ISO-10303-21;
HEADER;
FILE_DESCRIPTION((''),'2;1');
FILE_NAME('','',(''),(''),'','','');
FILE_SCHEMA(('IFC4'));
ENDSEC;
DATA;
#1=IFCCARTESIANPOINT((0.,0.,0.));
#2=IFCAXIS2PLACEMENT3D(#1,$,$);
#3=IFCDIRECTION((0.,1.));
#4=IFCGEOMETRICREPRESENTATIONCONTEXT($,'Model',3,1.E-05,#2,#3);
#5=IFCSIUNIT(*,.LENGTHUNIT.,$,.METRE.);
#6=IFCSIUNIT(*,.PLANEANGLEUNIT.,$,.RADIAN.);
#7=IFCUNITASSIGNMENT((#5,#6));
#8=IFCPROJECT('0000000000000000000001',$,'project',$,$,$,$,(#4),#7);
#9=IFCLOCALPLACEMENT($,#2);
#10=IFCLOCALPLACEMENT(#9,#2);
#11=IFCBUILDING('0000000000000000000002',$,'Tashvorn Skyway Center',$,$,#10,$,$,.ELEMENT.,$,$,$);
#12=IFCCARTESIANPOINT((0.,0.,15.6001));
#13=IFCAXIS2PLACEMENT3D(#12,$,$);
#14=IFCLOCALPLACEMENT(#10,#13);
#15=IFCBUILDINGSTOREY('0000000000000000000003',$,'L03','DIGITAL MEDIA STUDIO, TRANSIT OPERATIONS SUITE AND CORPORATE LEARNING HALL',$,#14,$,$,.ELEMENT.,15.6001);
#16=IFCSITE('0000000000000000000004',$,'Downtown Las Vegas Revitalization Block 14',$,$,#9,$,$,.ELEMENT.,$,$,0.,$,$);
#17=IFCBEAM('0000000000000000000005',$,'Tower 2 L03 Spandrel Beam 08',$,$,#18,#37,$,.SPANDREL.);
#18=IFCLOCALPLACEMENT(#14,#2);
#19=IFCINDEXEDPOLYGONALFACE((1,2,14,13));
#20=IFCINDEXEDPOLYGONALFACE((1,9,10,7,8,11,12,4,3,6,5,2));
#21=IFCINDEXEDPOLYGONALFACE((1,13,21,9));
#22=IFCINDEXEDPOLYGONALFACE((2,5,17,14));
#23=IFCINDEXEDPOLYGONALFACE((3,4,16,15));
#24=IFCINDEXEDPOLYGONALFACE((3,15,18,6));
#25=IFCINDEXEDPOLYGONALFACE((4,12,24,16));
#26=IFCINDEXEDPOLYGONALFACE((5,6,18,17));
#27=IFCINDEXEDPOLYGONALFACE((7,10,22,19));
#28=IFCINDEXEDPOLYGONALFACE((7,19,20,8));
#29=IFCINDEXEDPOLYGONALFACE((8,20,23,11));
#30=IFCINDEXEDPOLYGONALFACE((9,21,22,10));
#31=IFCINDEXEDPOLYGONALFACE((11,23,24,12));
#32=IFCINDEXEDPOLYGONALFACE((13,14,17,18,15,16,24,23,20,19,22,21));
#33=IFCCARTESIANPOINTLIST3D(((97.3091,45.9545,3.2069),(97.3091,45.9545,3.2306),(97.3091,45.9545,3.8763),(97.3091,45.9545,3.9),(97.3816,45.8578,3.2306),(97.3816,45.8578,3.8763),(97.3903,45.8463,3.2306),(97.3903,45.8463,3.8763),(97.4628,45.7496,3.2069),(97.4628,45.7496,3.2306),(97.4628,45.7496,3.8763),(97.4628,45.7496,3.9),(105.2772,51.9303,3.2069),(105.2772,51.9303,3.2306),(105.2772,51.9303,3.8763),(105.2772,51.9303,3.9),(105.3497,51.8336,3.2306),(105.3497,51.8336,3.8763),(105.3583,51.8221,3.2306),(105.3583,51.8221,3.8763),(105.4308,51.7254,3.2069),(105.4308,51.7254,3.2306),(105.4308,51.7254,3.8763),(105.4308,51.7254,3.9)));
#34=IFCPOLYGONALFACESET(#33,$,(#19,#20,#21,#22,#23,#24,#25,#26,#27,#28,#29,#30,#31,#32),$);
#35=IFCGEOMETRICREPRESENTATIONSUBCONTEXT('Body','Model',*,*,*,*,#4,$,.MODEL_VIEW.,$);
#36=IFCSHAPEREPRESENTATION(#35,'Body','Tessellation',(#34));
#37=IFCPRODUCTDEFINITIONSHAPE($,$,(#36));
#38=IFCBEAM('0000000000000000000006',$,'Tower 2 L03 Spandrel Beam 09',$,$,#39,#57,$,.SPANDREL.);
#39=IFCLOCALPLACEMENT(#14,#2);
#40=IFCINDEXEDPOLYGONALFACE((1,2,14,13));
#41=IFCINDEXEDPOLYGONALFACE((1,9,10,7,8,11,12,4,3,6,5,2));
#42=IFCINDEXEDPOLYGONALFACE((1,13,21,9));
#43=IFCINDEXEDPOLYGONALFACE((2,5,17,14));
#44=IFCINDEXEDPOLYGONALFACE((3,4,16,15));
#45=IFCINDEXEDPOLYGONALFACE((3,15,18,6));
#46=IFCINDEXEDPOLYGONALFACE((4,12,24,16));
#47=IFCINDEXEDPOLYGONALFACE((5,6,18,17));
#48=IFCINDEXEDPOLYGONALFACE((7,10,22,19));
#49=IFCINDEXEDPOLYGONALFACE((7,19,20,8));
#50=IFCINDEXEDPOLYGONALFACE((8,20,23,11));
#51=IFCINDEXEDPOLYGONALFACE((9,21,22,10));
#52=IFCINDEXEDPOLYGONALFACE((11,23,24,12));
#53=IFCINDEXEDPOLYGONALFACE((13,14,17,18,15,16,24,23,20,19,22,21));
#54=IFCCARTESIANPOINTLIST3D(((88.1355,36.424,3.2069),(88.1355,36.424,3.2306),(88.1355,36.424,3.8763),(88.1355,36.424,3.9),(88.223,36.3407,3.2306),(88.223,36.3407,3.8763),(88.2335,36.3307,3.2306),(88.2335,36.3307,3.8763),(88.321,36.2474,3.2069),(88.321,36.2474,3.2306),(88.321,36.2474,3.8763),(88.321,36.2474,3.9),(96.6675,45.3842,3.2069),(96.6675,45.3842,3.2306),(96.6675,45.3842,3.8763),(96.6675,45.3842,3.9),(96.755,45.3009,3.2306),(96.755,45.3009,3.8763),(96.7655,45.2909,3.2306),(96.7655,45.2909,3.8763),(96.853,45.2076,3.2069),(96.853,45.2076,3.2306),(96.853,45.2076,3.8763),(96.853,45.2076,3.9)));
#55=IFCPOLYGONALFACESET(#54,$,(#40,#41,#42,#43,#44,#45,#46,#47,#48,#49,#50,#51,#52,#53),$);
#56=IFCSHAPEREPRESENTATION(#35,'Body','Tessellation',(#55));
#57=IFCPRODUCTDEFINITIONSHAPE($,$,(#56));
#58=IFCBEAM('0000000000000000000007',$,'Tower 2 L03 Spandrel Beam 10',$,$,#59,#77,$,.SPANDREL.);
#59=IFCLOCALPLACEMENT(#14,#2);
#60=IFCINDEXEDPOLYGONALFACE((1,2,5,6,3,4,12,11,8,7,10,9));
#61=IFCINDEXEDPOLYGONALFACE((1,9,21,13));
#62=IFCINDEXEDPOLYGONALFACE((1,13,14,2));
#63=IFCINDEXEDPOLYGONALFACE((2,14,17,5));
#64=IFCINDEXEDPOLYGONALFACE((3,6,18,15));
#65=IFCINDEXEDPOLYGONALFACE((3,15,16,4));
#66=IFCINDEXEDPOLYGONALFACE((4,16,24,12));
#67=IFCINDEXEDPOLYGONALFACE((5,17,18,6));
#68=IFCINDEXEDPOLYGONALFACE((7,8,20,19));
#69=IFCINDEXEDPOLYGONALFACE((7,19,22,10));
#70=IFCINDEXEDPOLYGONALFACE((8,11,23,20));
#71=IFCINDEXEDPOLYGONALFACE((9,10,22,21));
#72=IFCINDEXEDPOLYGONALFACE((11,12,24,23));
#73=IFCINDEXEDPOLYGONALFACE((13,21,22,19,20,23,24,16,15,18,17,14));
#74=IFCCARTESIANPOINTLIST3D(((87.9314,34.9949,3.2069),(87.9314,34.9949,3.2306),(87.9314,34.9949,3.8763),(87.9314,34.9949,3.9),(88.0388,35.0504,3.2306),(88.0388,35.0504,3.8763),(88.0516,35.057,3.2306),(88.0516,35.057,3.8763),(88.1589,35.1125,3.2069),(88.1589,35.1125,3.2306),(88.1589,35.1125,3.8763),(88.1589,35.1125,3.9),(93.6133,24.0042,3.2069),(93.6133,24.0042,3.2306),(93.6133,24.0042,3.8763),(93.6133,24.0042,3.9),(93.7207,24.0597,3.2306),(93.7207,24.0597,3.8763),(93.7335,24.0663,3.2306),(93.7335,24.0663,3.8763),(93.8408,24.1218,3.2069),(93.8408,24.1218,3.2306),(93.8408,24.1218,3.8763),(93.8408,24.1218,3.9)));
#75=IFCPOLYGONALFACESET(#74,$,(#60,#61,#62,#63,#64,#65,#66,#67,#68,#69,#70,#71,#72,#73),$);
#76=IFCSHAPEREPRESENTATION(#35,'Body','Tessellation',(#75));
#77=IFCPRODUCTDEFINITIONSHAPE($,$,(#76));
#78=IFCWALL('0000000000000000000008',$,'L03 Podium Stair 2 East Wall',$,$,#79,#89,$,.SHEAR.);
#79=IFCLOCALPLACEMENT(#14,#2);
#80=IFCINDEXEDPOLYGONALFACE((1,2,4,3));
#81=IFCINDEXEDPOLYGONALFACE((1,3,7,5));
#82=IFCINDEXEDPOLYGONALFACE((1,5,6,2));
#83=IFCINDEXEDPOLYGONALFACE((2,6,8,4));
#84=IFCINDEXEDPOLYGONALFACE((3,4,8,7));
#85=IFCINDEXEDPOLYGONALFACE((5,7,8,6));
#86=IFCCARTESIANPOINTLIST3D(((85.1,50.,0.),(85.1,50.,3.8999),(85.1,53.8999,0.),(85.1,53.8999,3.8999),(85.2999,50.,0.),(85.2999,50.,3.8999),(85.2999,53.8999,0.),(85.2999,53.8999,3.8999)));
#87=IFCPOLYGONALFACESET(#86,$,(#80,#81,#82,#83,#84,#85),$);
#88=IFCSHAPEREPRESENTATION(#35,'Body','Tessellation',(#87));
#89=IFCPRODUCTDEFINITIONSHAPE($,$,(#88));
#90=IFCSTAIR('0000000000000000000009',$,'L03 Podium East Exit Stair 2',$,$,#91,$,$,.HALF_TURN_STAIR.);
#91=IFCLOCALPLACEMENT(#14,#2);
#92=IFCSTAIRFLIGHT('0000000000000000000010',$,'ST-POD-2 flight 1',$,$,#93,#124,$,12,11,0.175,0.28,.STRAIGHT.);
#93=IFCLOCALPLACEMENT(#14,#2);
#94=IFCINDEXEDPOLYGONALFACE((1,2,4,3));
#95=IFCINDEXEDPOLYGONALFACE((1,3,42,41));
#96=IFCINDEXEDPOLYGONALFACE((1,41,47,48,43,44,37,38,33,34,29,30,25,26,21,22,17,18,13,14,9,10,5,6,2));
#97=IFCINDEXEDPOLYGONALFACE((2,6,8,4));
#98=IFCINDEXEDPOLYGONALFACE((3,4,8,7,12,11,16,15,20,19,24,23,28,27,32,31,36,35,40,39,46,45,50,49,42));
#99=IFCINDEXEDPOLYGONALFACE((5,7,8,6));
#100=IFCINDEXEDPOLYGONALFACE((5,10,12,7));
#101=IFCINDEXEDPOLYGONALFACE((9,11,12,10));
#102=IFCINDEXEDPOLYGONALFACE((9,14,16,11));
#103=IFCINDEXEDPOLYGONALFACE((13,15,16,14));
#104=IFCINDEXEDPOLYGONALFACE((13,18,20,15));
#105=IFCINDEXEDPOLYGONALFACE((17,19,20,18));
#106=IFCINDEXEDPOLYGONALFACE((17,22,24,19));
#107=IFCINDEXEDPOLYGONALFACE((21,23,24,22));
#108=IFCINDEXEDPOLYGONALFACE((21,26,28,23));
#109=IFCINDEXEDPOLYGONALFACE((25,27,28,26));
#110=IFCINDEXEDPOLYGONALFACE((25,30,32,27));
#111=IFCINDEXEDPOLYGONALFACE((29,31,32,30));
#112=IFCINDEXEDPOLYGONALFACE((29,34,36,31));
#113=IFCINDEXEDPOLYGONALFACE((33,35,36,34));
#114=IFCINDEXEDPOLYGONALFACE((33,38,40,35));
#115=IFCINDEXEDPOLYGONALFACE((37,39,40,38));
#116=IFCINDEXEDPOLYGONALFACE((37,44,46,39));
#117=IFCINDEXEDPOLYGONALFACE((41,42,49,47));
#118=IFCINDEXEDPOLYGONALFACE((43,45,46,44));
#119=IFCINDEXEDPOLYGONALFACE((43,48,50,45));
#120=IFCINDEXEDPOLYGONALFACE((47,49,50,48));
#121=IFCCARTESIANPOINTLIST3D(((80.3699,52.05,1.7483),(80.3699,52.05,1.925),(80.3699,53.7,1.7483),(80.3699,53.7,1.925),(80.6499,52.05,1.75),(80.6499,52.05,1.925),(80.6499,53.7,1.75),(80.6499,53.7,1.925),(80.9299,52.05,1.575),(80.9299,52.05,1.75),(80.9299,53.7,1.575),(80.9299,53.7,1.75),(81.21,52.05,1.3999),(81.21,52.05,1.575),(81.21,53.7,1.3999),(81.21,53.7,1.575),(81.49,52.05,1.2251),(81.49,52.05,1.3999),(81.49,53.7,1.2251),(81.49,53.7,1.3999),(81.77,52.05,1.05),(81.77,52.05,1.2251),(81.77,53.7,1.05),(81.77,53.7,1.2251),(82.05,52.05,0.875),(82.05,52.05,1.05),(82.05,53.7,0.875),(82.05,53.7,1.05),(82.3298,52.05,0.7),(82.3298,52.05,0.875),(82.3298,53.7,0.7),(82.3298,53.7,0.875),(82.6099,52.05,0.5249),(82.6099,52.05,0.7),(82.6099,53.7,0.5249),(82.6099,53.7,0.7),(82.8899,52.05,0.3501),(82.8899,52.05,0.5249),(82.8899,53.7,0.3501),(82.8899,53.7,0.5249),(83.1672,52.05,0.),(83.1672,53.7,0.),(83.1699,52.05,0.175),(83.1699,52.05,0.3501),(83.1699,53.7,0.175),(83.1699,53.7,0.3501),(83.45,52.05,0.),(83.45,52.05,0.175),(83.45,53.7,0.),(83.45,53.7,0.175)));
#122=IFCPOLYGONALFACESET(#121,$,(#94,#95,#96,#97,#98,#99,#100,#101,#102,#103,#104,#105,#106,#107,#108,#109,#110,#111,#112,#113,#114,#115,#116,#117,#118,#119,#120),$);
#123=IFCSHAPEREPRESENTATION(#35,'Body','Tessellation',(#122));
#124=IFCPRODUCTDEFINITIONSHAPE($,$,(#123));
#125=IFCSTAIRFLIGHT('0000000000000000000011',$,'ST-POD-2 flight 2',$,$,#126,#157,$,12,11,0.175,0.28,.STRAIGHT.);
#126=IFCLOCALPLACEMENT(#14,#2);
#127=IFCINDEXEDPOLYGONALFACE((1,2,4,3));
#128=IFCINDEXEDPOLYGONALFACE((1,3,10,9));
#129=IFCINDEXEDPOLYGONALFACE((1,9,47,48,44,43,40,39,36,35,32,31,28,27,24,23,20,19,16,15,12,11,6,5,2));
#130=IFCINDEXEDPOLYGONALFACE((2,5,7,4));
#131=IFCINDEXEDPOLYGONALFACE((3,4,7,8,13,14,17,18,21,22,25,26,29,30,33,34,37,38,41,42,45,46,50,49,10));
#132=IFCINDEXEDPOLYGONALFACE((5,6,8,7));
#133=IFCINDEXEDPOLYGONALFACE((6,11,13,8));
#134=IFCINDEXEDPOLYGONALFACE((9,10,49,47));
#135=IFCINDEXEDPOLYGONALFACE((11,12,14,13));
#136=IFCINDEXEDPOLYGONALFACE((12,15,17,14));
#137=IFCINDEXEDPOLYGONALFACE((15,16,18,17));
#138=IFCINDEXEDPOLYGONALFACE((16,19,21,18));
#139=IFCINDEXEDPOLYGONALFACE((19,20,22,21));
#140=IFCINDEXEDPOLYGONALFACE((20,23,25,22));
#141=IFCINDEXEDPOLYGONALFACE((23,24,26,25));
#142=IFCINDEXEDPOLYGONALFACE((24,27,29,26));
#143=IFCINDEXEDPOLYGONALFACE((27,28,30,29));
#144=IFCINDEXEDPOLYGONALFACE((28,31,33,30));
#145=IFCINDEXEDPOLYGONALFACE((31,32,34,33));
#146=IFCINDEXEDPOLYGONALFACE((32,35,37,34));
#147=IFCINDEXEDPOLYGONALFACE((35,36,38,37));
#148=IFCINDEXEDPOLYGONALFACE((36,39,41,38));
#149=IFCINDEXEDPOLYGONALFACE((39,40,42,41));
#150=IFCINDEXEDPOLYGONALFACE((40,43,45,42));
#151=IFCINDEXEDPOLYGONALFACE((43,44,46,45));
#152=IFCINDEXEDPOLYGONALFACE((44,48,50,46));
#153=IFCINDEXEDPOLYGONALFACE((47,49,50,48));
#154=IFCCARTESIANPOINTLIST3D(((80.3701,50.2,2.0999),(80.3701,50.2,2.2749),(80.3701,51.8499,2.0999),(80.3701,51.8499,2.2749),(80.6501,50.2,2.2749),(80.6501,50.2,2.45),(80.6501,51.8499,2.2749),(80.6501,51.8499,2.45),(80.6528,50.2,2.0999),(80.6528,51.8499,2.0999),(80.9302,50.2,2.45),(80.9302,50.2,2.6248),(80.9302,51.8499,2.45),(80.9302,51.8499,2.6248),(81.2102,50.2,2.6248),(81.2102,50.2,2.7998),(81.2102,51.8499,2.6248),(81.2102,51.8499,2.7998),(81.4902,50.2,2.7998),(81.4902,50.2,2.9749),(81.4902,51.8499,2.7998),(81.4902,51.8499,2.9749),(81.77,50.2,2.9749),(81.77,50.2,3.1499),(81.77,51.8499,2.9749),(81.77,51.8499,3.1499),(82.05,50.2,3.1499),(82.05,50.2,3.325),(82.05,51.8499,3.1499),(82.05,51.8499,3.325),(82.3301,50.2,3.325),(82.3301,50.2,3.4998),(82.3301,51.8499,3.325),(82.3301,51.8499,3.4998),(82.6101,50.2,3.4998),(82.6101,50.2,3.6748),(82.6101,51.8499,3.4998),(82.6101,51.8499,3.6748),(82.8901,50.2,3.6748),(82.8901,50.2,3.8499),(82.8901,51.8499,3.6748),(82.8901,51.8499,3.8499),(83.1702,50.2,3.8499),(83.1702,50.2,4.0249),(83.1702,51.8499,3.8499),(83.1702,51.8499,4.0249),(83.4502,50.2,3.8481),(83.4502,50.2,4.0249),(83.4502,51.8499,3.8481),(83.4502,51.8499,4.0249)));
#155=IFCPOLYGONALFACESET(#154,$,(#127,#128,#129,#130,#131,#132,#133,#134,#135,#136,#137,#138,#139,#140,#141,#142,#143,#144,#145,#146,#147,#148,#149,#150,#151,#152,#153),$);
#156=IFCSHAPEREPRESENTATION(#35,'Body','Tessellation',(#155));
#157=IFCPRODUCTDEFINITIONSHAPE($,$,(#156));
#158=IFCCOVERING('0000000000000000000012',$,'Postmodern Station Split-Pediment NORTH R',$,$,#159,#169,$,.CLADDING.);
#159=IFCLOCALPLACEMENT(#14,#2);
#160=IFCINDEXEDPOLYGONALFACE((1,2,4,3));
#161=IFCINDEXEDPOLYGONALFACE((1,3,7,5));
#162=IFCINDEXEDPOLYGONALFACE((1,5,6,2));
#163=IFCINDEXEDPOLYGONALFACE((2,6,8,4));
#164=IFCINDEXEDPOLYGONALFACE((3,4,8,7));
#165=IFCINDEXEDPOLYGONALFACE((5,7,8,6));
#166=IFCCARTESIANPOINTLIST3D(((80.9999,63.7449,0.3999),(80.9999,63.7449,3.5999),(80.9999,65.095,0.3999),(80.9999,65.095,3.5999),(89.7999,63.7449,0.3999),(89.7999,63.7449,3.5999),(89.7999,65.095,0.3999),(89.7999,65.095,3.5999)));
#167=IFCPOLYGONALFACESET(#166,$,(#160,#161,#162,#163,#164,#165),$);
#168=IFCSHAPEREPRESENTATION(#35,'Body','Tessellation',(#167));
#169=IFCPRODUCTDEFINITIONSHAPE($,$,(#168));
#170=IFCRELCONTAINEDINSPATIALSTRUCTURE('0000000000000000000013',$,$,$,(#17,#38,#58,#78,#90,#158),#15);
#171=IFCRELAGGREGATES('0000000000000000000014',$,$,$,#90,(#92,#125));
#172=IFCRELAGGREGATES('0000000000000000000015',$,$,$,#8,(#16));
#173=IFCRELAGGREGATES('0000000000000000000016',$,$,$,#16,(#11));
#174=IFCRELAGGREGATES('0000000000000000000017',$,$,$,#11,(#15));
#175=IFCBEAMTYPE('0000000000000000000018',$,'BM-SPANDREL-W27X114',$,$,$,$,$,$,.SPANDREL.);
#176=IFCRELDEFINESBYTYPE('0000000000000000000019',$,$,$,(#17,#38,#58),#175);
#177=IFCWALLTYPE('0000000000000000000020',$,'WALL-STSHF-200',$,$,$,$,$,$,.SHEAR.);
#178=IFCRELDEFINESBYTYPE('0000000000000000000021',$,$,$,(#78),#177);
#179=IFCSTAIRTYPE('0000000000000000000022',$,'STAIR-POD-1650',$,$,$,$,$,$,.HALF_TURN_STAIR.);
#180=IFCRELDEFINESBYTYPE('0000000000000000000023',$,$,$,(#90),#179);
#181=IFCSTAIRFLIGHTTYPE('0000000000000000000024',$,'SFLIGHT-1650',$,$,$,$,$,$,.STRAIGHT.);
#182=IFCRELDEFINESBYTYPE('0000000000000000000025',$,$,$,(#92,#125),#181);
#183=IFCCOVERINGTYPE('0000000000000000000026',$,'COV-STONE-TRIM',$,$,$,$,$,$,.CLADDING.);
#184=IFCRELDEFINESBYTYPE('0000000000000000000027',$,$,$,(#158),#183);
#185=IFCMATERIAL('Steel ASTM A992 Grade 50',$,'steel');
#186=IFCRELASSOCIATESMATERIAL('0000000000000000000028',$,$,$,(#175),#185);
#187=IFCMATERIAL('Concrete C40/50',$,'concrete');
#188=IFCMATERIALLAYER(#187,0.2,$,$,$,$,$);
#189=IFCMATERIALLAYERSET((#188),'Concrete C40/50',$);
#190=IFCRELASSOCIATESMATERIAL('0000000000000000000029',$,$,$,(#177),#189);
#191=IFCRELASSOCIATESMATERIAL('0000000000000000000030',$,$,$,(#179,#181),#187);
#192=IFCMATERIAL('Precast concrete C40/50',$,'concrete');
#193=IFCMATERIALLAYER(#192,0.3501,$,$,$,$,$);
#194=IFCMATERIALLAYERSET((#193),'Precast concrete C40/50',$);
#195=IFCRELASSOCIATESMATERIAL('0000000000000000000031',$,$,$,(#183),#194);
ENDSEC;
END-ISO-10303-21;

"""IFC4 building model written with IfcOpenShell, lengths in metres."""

from ifc_helpers import new_model, si_unit, direction, frame, frame_2d, origin, origin_2d, place, context, subcontext, project, spatial, polyline, rectangle, i_section, outline, extrude, material, layer, layer_set, material_profile, profile_set, type_object, element, aggregate, save


model = new_model("IFC4")

# Units and contexts
model_context = context("Model", 3, precision=1e-05, world=origin(), true_north=direction((0.0, 1.0)))
body_context = subcontext(model_context, "Body", "Model", "MODEL_VIEW")
ifc_project = project(units=[si_unit("LENGTHUNIT", "METRE"), si_unit("PLANEANGLEUNIT", "RADIAN")], contexts=[model_context])

# Site, building, storey
site_placement = place(None, origin())
site = spatial("IfcSite", under=ifc_project, at=site_placement, Name="Downtown Las Vegas Revitalization Block 14", CompositionType="ELEMENT", RefElevation=0.0)
building_placement = place(site_placement, origin())
building = spatial("IfcBuilding", under=site, at=building_placement, Name="Tashvorn Skyway Center", CompositionType="ELEMENT")
storey_placement = place(building_placement, frame((0.0, 0.0, 15.6001)))
storey = spatial("IfcBuildingStorey", under=building, at=storey_placement, Name="L03", Description="DIGITAL MEDIA STUDIO, TRANSIT OPERATIONS SUITE AND CORPORATE LEARNING HALL", CompositionType="ELEMENT", Elevation=15.6001)

# Beams
ifc_material_1 = material(Name="Steel ASTM A992 Grade 50", Category="steel")
ifc_material_profile_1 = material_profile(ifc_material_1, i_section(OverallWidth=0.2561, OverallDepth=0.6931, WebThickness=0.0144, FlangeThickness=0.0237, at=origin_2d()), Name="W27X114")
ifc_profile_set_1 = profile_set([ifc_material_profile_1], Name="Steel ASTM A992 Grade 50")
beam_type_1 = type_object("IfcBeamType", Name="BM-SPANDREL-W27X114", PredefinedType="SPANDREL", material=ifc_profile_set_1)
beam_1_placement = place(storey_placement, frame((105.354, 51.8279, 3.5535), z_axis=(-0.800009, -0.599988, 0.0), x_axis=(0.599988, -0.800009, 0.0)))
element("IfcBeam", 1, at=beam_1_placement, inside=storey, type_object=beam_type_1, Name="Tower 2 L03 Spandrel Beam 08", PredefinedType="SPANDREL", context=body_context, shape_type="SweptSolid", body=[
    extrude(i_section(OverallWidth=0.2561, OverallDepth=0.6931, WebThickness=0.0144, FlangeThickness=0.0237, at=origin_2d()), origin(), (0.0, 0.0, 1.0), 9.96),
])
for number, where, z_axis, x_axis, name in (
    (2, (96.7603, 45.2959, 3.5535), (-0.68959, -0.7242, 0.0), (0.7242, -0.68959, 0.0), "Tower 2 L03 Spandrel Beam 09"),
    (3, (88.0452, 35.0537, 3.5535), (0.459233, -0.888316, 0.0), (0.888316, 0.459233, 0.0), "Tower 2 L03 Spandrel Beam 10"),
):
    element("IfcBeam", number, at=place(storey_placement, frame(where, z_axis=z_axis, x_axis=x_axis)), inside=storey, type_object=beam_type_1, Name=name, PredefinedType="SPANDREL", context=body_context, shape_type="SweptSolid", body=[
        extrude(i_section(OverallWidth=0.2561, OverallDepth=0.6931, WebThickness=0.0144, FlangeThickness=0.0237, at=origin_2d()), origin(), (0.0, 0.0, 1.0), 12.3726),
    ])

# Wall
ifc_material_2 = material(Name="Concrete C40/50", Category="concrete")
ifc_layer_1 = layer(ifc_material_2, 0.2)
ifc_layer_set_1 = layer_set([ifc_layer_1], Name="Concrete C40/50")
wall_type = type_object("IfcWallType", Name="WALL-STSHF-200", PredefinedType="SHEAR", material=ifc_layer_set_1)
wall_placement = place(storey_placement, frame((85.2, 50.0, 0.0), z_axis=(0.0, 0.0, 1.0), x_axis=(0.0, 1.0, 0.0)))
element("IfcWall", 4, at=wall_placement, inside=storey, type_object=wall_type, Name="L03 Podium Stair 2 East Wall", PredefinedType="SHEAR", context=body_context, shape_type="SweptSolid", body=[
    extrude(rectangle(XDim=3.8999, YDim=0.2, at=frame_2d((1.95, 0.0))), origin(), (0.0, 0.0, 1.0), 3.8999),
])

# Stair, stair flights
stair_type = type_object("IfcStairType", Name="STAIR-POD-1650", PredefinedType="HALF_TURN_STAIR", material=ifc_material_2)
stair_placement = place(storey_placement, origin())
stair = element("IfcStair", 5, at=stair_placement, inside=storey, type_object=stair_type, Name="L03 Podium East Exit Stair 2", PredefinedType="HALF_TURN_STAIR")
stair_flight_type = type_object("IfcStairFlightType", Name="SFLIGHT-1650", PredefinedType="STRAIGHT", material=ifc_material_2)
stair_flight_1_placement = place(storey_placement, frame((83.45, 52.875, 0.0), z_axis=(0.0, 0.0, 1.0), x_axis=(-1.0, 0.0, 0.0)))
stair_flight_1 = element("IfcStairFlight", 6, at=stair_flight_1_placement, type_object=stair_flight_type, Name="ST-POD-2 flight 1", NumberOfRisers=12, NumberOfTreads=11, PredefinedType="STRAIGHT", RiserHeight=0.175, TreadLength=0.28, context=body_context, shape_type="SweptSolid", body=[
    extrude(outline(polyline([(0.0, 0.0), (0.0, 0.175), (0.28, 0.175), (0.28, 0.3501), (0.5601, 0.3501), (0.5601, 0.5249), (0.8401, 0.5249), (0.8401, 0.7), (1.1201, 0.7), (1.1201, 0.875), (1.3999, 0.875), (1.3999, 1.05), (1.6799, 1.05), (1.6799, 1.2251), (1.96, 1.2251), (1.96, 1.3999), (2.24, 1.3999), (2.24, 1.575), (2.52, 1.575), (2.52, 1.75), (2.8, 1.75), (2.8, 1.925), (3.0801, 1.925), (3.0801, 2.1001), (3.0801, 1.7483), (0.2827, 0.0), (0.0, 0.0)])), frame((0.0, 0.825, 0.0), z_axis=(0.0, -1.0, 0.0), x_axis=(1.0, 0.0, 0.0)), (0.0, 0.0, 1.0), 1.6499),
])
stair_flight_2_placement = place(storey_placement, frame((80.3701, 51.0249, 2.0999), z_axis=(0.0, 0.0, 1.0), x_axis=(1.0, 0.0, 0.0)))
stair_flight_2 = element("IfcStairFlight", 7, at=stair_flight_2_placement, type_object=stair_flight_type, Name="ST-POD-2 flight 2", NumberOfRisers=12, NumberOfTreads=11, PredefinedType="STRAIGHT", RiserHeight=0.175, TreadLength=0.28, context=body_context, shape_type="SweptSolid", body=[
    extrude(outline(polyline([(0.0, 0.0), (0.0, 0.175), (0.28, 0.175), (0.28, 0.3501), (0.5601, 0.3501), (0.5601, 0.5249), (0.8401, 0.5249), (0.8401, 0.7), (1.1201, 0.7), (1.1201, 0.875), (1.3999, 0.875), (1.3999, 1.05), (1.6799, 1.05), (1.6799, 1.2251), (1.96, 1.2251), (1.96, 1.3999), (2.24, 1.3999), (2.24, 1.575), (2.52, 1.575), (2.52, 1.75), (2.8, 1.75), (2.8, 1.925), (3.0801, 1.925), (3.0801, 2.1001), (3.0801, 1.7483), (0.2827, 0.0), (0.0, 0.0)])), frame((0.0, 0.825, 0.0), z_axis=(0.0, -1.0, 0.0), x_axis=(1.0, 0.0, 0.0)), (0.0, 0.0, 1.0), 1.6499),
])
aggregate(stair, [stair_flight_1, stair_flight_2])

# Covering
ifc_material_3 = material(Name="Precast concrete C40/50", Category="concrete")
ifc_layer_2 = layer(ifc_material_3, 0.3501)
ifc_layer_set_2 = layer_set([ifc_layer_2], Name="Precast concrete C40/50")
covering_type = type_object("IfcCoveringType", Name="COV-STONE-TRIM", PredefinedType="CLADDING", material=ifc_layer_set_2)
covering_placement = place(storey_placement, frame((85.3999, 64.4199, 0.3999), z_axis=(0.0, 0.0, 1.0), x_axis=(1.0, 0.0, 0.0)))
element("IfcCovering", 8, at=covering_placement, inside=storey, type_object=covering_type, Name="Postmodern Station Split-Pediment NORTH R", PredefinedType="CLADDING", context=body_context, shape_type="SweptSolid", body=[
    extrude(rectangle(XDim=8.8, YDim=1.3501, at=origin_2d()), origin(), (0.0, 0.0, 1.0), 3.2),
])

save(model, "model.ifc")
